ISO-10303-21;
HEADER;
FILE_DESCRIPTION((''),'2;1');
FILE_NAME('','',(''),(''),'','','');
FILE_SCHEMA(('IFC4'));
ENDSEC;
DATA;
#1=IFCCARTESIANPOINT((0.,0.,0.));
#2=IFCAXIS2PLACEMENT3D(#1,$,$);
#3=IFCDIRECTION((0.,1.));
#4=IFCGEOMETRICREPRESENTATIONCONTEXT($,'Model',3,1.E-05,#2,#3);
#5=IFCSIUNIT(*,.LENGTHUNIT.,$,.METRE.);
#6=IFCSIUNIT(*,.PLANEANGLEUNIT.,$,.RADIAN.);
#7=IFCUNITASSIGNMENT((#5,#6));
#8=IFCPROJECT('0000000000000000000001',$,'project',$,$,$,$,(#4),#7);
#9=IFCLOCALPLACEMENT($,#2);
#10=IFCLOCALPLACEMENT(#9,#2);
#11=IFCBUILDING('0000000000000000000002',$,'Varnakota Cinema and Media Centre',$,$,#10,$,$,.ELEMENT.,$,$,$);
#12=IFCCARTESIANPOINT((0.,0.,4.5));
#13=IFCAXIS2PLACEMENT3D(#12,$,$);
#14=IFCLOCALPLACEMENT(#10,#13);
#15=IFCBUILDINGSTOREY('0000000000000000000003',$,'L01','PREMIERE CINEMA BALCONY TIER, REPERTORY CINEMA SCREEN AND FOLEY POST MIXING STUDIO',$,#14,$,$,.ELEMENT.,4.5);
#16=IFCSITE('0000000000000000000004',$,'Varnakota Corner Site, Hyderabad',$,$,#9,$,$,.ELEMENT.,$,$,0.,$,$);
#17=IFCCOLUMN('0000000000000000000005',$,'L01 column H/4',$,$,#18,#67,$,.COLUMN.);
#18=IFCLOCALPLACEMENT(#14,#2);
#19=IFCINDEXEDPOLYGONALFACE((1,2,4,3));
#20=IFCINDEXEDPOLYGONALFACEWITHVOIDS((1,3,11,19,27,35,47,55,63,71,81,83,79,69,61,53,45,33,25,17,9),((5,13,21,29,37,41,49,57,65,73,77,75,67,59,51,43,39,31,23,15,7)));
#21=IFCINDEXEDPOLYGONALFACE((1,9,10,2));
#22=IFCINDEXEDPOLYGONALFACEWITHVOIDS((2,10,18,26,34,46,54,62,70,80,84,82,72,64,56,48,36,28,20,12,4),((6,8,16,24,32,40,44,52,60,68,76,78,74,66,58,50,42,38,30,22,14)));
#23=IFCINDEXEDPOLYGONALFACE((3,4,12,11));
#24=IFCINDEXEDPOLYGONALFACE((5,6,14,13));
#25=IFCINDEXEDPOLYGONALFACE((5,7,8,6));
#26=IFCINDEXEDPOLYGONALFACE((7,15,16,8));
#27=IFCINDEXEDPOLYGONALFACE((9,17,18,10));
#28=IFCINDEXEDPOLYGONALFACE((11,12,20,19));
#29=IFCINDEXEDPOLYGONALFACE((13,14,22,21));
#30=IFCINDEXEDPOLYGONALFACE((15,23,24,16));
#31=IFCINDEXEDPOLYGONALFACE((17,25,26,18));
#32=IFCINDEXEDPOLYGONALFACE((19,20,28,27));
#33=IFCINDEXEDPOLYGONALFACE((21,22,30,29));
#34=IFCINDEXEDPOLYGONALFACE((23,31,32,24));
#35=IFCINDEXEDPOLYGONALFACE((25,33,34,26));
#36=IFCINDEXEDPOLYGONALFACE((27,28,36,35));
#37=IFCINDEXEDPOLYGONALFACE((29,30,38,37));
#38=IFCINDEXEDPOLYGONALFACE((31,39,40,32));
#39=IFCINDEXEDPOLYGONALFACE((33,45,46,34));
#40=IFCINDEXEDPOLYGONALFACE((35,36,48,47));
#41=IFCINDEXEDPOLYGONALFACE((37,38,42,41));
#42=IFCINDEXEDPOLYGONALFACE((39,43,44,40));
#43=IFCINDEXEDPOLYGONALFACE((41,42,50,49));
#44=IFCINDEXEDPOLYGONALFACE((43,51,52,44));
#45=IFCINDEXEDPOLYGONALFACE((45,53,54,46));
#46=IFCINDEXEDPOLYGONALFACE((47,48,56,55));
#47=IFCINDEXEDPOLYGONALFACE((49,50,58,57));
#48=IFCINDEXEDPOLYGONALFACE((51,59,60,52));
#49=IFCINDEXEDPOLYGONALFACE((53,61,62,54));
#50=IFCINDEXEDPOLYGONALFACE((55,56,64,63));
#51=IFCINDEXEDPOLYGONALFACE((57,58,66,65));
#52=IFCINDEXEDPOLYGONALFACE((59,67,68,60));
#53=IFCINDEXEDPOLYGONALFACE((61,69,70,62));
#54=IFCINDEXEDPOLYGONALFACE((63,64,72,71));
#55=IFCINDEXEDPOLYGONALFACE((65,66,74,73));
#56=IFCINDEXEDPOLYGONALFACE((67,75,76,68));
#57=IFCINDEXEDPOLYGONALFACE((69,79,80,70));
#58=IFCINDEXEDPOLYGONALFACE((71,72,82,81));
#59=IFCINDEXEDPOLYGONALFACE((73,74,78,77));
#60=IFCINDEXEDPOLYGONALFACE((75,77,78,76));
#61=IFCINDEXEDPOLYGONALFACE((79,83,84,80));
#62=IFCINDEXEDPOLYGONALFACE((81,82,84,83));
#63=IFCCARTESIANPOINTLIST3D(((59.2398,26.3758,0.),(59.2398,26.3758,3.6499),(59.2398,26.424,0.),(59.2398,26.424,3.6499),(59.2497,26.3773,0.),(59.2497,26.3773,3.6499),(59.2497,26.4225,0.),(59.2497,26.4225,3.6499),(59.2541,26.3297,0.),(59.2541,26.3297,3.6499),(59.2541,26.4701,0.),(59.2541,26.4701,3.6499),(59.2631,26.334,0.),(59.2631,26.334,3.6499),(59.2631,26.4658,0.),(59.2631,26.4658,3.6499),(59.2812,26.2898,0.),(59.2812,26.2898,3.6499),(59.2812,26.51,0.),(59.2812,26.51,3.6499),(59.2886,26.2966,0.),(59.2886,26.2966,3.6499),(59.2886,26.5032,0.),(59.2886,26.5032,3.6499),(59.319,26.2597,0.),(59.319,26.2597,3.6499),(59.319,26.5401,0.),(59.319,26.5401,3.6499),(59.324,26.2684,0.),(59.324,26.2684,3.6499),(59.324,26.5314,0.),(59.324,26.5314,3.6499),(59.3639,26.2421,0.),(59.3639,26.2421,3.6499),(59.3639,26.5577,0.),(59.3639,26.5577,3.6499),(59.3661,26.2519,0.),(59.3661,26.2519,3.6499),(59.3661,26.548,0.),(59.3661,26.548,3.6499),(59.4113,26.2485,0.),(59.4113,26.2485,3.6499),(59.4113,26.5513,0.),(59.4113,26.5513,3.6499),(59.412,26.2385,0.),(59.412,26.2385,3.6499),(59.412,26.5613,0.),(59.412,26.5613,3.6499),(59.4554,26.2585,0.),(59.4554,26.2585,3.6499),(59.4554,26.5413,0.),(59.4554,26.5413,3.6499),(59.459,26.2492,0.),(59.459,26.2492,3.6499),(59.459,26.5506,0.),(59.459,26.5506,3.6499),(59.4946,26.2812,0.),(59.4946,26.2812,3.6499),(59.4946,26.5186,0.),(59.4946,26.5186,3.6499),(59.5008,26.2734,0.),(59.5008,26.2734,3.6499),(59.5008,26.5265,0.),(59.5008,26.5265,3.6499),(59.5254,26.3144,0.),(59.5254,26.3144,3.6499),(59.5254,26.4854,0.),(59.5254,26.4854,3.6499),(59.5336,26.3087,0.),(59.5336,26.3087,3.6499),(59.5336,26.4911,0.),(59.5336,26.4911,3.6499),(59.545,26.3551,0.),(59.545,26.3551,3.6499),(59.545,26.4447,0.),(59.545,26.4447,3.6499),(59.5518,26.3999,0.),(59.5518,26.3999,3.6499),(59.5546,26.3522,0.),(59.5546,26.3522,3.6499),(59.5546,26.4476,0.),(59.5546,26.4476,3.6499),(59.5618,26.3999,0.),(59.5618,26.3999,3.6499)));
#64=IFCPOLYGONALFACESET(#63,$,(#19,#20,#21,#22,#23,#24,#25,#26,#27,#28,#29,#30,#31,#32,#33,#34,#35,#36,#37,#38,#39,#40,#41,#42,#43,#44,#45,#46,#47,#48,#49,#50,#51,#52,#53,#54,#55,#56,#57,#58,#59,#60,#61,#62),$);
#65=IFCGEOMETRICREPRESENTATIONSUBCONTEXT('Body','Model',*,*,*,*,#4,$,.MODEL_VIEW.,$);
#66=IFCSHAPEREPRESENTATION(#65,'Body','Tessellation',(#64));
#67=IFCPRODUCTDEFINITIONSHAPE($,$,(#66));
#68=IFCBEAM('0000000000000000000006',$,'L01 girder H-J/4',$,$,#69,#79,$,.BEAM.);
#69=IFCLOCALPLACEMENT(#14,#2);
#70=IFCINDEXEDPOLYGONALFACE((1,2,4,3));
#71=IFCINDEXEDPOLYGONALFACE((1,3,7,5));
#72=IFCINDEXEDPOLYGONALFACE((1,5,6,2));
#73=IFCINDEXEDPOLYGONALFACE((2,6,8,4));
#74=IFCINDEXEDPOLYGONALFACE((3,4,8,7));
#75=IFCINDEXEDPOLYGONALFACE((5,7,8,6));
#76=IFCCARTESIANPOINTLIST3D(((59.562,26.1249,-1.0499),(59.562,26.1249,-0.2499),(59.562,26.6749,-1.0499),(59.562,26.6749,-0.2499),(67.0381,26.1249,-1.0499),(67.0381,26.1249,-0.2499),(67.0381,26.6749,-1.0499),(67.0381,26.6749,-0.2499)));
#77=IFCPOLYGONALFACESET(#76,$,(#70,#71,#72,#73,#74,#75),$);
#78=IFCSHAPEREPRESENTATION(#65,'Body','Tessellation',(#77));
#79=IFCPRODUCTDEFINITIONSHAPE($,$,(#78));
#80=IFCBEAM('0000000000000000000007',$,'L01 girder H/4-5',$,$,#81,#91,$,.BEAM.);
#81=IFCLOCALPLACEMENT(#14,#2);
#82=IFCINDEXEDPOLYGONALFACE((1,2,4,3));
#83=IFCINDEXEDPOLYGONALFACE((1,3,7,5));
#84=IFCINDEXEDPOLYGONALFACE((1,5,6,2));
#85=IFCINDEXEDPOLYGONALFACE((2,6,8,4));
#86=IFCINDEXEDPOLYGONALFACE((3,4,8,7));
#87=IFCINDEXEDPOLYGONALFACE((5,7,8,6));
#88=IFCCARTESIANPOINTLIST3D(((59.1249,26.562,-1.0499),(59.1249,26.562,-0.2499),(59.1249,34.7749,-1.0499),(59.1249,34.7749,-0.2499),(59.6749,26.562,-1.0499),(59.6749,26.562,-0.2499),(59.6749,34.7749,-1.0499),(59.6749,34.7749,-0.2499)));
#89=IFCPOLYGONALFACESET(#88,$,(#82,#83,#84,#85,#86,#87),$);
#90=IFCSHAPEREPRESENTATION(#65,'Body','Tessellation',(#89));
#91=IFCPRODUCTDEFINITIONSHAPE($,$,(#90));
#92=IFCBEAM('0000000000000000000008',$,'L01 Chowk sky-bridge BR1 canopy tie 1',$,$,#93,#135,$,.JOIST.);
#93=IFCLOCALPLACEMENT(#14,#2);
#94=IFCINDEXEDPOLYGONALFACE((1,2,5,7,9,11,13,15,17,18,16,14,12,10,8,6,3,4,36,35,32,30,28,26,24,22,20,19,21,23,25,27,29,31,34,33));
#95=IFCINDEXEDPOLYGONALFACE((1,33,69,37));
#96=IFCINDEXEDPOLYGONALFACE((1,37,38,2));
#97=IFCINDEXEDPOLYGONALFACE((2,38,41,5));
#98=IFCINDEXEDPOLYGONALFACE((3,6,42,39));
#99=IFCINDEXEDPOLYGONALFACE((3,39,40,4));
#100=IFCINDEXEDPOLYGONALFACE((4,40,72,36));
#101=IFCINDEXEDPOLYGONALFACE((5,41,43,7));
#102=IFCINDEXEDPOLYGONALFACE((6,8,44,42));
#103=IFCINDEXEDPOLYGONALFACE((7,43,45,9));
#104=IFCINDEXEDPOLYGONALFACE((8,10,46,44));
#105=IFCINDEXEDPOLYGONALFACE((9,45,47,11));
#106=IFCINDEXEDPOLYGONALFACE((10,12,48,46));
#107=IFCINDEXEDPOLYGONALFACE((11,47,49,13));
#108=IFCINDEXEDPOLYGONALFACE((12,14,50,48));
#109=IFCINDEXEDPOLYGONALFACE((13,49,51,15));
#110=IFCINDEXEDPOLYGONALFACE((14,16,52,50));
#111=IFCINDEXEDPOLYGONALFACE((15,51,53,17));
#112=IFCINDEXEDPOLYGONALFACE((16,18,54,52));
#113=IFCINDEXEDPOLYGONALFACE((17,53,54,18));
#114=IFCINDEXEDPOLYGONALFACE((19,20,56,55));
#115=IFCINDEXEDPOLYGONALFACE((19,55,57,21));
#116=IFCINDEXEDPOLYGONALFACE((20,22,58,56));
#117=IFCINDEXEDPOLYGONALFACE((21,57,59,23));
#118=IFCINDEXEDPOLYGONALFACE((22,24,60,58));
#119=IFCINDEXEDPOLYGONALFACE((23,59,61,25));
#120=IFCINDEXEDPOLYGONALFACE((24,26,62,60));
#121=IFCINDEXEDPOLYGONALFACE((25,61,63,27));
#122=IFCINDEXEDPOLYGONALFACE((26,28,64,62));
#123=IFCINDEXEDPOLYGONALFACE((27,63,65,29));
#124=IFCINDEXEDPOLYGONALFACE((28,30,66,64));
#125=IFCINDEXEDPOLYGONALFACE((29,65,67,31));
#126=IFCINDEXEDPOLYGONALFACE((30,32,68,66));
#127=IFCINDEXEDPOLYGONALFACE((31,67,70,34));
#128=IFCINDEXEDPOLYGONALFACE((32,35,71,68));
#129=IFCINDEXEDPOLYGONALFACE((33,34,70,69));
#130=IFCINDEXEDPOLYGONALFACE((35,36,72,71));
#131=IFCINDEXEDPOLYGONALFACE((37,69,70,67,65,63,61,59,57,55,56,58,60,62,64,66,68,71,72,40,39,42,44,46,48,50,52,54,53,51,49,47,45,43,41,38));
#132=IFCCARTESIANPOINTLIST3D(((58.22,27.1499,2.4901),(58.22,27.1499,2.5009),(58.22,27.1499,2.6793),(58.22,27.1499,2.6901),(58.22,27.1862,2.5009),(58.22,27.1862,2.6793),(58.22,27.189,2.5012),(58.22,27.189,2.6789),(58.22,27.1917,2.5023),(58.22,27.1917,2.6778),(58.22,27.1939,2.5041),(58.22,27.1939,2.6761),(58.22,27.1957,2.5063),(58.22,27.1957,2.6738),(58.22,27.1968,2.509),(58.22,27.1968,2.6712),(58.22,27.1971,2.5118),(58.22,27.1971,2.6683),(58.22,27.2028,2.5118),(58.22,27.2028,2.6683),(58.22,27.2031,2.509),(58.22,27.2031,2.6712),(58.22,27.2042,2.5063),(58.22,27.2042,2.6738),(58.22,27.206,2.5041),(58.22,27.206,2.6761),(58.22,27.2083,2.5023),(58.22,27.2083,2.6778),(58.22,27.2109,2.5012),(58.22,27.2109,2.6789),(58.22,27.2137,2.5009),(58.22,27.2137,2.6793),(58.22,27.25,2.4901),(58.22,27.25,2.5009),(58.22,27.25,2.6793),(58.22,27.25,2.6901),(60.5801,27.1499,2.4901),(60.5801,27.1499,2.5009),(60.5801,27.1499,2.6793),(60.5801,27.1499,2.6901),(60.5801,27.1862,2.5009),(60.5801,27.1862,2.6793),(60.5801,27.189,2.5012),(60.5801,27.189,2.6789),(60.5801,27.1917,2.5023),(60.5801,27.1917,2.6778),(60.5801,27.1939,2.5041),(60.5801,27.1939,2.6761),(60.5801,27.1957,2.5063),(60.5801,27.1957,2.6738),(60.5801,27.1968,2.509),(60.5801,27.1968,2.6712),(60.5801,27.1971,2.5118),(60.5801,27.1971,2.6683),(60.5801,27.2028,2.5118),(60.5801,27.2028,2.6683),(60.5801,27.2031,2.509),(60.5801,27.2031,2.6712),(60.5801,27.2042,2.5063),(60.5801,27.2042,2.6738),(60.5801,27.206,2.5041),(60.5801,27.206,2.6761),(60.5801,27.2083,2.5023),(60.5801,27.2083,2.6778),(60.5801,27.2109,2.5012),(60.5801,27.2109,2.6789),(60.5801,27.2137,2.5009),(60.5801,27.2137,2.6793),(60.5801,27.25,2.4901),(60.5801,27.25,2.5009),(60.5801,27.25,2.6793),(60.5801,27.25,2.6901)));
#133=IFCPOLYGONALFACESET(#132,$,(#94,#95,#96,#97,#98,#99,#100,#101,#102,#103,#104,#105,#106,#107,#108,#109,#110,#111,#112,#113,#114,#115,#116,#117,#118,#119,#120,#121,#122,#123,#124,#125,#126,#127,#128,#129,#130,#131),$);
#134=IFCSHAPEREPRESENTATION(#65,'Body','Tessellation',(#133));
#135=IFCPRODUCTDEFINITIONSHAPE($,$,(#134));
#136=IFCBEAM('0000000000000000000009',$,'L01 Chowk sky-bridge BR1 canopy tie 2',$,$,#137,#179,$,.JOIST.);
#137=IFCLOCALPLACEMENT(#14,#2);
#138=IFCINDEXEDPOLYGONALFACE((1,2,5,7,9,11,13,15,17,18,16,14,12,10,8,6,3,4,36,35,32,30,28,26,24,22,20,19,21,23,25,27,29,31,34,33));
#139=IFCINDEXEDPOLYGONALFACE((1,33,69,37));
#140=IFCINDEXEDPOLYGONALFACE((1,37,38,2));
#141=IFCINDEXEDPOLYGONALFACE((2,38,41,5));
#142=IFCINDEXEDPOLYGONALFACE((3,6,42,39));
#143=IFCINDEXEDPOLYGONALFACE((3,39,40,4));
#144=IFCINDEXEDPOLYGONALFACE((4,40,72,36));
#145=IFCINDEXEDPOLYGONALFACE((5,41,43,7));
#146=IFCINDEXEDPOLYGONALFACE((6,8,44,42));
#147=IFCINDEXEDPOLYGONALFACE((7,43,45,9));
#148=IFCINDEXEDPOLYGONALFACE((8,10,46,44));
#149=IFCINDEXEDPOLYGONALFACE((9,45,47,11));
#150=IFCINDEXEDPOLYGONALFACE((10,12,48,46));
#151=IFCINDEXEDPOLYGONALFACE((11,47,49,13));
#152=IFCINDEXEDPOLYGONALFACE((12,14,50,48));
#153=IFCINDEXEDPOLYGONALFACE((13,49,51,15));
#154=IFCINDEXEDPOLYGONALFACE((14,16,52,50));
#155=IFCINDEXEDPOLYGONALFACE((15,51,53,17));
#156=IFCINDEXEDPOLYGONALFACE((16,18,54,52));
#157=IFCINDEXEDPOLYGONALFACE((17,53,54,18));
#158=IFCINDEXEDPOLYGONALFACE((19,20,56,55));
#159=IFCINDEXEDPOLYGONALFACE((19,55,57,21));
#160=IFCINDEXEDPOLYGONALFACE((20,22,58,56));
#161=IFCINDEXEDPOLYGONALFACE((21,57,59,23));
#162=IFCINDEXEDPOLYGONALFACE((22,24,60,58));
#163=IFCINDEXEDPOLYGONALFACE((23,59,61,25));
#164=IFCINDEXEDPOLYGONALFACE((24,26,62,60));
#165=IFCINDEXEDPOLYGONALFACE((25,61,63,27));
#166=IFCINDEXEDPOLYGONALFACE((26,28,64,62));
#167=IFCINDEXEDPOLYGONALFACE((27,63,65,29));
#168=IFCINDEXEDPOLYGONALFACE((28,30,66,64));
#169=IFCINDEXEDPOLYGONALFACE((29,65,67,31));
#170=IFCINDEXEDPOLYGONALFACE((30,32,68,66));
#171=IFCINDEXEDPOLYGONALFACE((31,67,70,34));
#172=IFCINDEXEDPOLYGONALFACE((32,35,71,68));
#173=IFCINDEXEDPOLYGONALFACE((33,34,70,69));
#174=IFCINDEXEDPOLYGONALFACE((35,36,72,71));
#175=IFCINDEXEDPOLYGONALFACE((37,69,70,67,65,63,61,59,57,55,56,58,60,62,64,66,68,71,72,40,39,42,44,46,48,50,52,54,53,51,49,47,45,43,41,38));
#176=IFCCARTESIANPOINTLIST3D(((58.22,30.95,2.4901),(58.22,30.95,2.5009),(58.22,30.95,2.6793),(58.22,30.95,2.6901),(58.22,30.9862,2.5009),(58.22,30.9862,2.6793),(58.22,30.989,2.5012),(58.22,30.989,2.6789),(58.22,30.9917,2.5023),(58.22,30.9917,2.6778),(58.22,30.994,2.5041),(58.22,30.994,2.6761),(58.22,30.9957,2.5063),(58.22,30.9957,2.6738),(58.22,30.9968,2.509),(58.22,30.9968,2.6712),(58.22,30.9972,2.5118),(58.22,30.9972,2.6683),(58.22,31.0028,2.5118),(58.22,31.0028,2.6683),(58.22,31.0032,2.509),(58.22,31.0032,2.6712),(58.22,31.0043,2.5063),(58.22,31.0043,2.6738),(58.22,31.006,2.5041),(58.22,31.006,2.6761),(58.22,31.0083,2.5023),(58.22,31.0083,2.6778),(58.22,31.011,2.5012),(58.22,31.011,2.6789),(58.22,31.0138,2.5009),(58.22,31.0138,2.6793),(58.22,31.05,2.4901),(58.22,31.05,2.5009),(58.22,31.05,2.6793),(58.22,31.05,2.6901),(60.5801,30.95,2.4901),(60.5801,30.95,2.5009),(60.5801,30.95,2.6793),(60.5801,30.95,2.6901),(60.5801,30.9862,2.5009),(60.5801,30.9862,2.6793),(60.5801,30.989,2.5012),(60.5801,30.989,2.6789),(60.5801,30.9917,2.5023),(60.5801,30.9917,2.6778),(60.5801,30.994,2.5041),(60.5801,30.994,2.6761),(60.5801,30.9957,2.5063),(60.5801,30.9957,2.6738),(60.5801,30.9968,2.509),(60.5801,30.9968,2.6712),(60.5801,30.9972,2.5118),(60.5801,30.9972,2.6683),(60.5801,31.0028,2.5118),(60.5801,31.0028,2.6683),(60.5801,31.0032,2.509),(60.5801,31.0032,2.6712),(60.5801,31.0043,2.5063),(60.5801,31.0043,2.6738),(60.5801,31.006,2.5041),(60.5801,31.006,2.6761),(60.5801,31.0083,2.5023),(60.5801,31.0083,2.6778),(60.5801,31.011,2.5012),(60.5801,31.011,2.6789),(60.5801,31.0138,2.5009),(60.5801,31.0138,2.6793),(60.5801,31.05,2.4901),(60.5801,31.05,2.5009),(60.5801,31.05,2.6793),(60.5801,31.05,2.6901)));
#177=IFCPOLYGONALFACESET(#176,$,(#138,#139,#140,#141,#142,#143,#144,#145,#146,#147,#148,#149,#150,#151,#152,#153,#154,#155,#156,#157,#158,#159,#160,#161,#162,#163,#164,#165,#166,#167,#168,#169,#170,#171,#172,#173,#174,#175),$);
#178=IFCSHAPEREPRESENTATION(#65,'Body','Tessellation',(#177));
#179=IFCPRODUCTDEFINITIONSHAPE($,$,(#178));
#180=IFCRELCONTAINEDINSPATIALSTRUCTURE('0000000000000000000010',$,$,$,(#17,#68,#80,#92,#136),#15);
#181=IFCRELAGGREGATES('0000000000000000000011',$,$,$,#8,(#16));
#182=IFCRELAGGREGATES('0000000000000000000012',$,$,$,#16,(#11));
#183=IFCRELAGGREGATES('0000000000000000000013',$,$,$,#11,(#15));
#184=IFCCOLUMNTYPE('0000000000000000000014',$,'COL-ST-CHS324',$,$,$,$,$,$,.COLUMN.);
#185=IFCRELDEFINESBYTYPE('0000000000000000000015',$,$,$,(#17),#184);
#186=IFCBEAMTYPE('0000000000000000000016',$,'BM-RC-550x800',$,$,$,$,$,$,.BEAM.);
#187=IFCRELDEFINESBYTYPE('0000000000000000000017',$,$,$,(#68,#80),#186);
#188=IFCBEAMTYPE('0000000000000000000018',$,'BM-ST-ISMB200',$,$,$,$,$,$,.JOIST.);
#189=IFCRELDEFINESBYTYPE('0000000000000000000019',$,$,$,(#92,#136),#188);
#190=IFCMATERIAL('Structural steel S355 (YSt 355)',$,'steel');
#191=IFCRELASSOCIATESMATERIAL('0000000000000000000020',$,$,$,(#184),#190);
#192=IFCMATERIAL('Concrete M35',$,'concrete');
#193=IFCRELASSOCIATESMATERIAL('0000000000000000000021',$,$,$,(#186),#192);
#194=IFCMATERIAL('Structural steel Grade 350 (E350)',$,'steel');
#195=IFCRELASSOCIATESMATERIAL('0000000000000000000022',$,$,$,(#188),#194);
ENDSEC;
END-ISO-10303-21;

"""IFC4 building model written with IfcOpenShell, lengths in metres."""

from ifc_helpers import new_model, si_unit, direction, frame, origin, origin_2d, place, context, subcontext, project, spatial, rectangle, hollow_circle, i_section, extrude, material, material_profile, profile_set, type_object, element, save


model = new_model("IFC4")

# Units and contexts
model_context = context("Model", 3, precision=1e-05, world=origin(), true_north=direction((0.0, 1.0)))
body_context = subcontext(model_context, "Body", "Model", "MODEL_VIEW")
ifc_project = project(units=[si_unit("LENGTHUNIT", "METRE"), si_unit("PLANEANGLEUNIT", "RADIAN")], contexts=[model_context])

# Site, building, storey
site_placement = place(None, origin())
site = spatial("IfcSite", under=ifc_project, at=site_placement, Name="Varnakota Corner Site, Hyderabad", CompositionType="ELEMENT", RefElevation=0.0)
building_placement = place(site_placement, origin())
building = spatial("IfcBuilding", under=site, at=building_placement, Name="Varnakota Cinema and Media Centre", CompositionType="ELEMENT")
storey_placement = place(building_placement, frame((0.0, 0.0, 4.5)))
storey = spatial("IfcBuildingStorey", under=building, at=storey_placement, Name="L01", Description="PREMIERE CINEMA BALCONY TIER, REPERTORY CINEMA SCREEN AND FOLEY POST MIXING STUDIO", CompositionType="ELEMENT", Elevation=4.5)

# Column
ifc_material_1 = material(Name="Structural steel S355 (YSt 355)", Category="steel")
ifc_material_profile_1 = material_profile(ifc_material_1, hollow_circle(Radius=0.1619, WallThickness=0.01, at=origin_2d()), Name="CHS 323.9x10.0")
ifc_profile_set_1 = profile_set([ifc_material_profile_1], Name="Structural steel S355 (YSt 355)")
column_type = type_object("IfcColumnType", Name="COL-ST-CHS324", PredefinedType="COLUMN", material=ifc_profile_set_1)
column_placement = place(storey_placement, frame((59.3999, 26.3999, 0.0), z_axis=(0.0, 0.0, 1.0), x_axis=(1.0, 0.0, 0.0)))
element("IfcColumn", 1, at=column_placement, inside=storey, type_object=column_type, Name="L01 column H/4", PredefinedType="COLUMN", context=body_context, shape_type="SweptSolid", body=[
    extrude(hollow_circle(Radius=0.1619, WallThickness=0.01, at=origin_2d()), origin(), (0.0, 0.0, 1.0), 3.6499),
])

# Beams
ifc_material_2 = material(Name="Concrete M35", Category="concrete")
ifc_material_profile_2 = material_profile(ifc_material_2, rectangle(XDim=0.55, YDim=0.8, at=origin_2d()), Name="RCB 550x800")
ifc_profile_set_2 = profile_set([ifc_material_profile_2], Name="Concrete M35")
beam_type_1 = type_object("IfcBeamType", Name="BM-RC-550x800", PredefinedType="BEAM", material=ifc_profile_set_2)
beam_1_placement = place(storey_placement, frame((59.562, 26.3999, -0.6499), z_axis=(1.0, 0.0, 0.0), x_axis=(0.0, 1.0, 0.0)))
element("IfcBeam", 2, at=beam_1_placement, inside=storey, type_object=beam_type_1, Name="L01 girder H-J/4", PredefinedType="BEAM", context=body_context, shape_type="SweptSolid", body=[
    extrude(rectangle(XDim=0.55, YDim=0.8, at=origin_2d()), origin(), (0.0, 0.0, 1.0), 7.4761),
])
beam_2_placement = place(storey_placement, frame((59.3999, 26.562, -0.6499), z_axis=(0.0, 1.0, 0.0), x_axis=(-1.0, 0.0, 0.0)))
element("IfcBeam", 3, at=beam_2_placement, inside=storey, type_object=beam_type_1, Name="L01 girder H/4-5", PredefinedType="BEAM", context=body_context, shape_type="SweptSolid", body=[
    extrude(rectangle(XDim=0.55, YDim=0.8, at=origin_2d()), origin(), (0.0, 0.0, 1.0), 8.2129),
])
ifc_material_3 = material(Name="Structural steel Grade 350 (E350)", Category="steel")
ifc_material_profile_3 = material_profile(ifc_material_3, i_section(OverallWidth=0.1001, OverallDepth=0.2, WebThickness=0.0056, FlangeThickness=0.0107, FilletRadius=0.011, at=origin_2d()), Name="ISMB 200")
ifc_profile_set_3 = profile_set([ifc_material_profile_3], Name="Structural steel Grade 350 (E350)")
beam_type_2 = type_object("IfcBeamType", Name="BM-ST-ISMB200", PredefinedType="JOIST", material=ifc_profile_set_3)
for number, where, z_axis, x_axis, name in (
    (4, (58.22, 27.2, 2.5901), (1.0, 0.0, 0.0), (0.0, 1.0, 0.0), "L01 Chowk sky-bridge BR1 canopy tie 1"),
    (5, (58.22, 31.0, 2.5901), (1.0, 0.0, 0.0), (0.0, 1.0, 0.0), "L01 Chowk sky-bridge BR1 canopy tie 2"),
):
    element("IfcBeam", number, at=place(storey_placement, frame(where, z_axis=z_axis, x_axis=x_axis)), inside=storey, type_object=beam_type_2, Name=name, PredefinedType="JOIST", context=body_context, shape_type="SweptSolid", body=[
        extrude(i_section(OverallWidth=0.1001, OverallDepth=0.2, WebThickness=0.0056, FlangeThickness=0.0107, FilletRadius=0.011, at=origin_2d()), origin(), (0.0, 0.0, 1.0), 2.3601),
    ])

save(model, "model.ifc")
